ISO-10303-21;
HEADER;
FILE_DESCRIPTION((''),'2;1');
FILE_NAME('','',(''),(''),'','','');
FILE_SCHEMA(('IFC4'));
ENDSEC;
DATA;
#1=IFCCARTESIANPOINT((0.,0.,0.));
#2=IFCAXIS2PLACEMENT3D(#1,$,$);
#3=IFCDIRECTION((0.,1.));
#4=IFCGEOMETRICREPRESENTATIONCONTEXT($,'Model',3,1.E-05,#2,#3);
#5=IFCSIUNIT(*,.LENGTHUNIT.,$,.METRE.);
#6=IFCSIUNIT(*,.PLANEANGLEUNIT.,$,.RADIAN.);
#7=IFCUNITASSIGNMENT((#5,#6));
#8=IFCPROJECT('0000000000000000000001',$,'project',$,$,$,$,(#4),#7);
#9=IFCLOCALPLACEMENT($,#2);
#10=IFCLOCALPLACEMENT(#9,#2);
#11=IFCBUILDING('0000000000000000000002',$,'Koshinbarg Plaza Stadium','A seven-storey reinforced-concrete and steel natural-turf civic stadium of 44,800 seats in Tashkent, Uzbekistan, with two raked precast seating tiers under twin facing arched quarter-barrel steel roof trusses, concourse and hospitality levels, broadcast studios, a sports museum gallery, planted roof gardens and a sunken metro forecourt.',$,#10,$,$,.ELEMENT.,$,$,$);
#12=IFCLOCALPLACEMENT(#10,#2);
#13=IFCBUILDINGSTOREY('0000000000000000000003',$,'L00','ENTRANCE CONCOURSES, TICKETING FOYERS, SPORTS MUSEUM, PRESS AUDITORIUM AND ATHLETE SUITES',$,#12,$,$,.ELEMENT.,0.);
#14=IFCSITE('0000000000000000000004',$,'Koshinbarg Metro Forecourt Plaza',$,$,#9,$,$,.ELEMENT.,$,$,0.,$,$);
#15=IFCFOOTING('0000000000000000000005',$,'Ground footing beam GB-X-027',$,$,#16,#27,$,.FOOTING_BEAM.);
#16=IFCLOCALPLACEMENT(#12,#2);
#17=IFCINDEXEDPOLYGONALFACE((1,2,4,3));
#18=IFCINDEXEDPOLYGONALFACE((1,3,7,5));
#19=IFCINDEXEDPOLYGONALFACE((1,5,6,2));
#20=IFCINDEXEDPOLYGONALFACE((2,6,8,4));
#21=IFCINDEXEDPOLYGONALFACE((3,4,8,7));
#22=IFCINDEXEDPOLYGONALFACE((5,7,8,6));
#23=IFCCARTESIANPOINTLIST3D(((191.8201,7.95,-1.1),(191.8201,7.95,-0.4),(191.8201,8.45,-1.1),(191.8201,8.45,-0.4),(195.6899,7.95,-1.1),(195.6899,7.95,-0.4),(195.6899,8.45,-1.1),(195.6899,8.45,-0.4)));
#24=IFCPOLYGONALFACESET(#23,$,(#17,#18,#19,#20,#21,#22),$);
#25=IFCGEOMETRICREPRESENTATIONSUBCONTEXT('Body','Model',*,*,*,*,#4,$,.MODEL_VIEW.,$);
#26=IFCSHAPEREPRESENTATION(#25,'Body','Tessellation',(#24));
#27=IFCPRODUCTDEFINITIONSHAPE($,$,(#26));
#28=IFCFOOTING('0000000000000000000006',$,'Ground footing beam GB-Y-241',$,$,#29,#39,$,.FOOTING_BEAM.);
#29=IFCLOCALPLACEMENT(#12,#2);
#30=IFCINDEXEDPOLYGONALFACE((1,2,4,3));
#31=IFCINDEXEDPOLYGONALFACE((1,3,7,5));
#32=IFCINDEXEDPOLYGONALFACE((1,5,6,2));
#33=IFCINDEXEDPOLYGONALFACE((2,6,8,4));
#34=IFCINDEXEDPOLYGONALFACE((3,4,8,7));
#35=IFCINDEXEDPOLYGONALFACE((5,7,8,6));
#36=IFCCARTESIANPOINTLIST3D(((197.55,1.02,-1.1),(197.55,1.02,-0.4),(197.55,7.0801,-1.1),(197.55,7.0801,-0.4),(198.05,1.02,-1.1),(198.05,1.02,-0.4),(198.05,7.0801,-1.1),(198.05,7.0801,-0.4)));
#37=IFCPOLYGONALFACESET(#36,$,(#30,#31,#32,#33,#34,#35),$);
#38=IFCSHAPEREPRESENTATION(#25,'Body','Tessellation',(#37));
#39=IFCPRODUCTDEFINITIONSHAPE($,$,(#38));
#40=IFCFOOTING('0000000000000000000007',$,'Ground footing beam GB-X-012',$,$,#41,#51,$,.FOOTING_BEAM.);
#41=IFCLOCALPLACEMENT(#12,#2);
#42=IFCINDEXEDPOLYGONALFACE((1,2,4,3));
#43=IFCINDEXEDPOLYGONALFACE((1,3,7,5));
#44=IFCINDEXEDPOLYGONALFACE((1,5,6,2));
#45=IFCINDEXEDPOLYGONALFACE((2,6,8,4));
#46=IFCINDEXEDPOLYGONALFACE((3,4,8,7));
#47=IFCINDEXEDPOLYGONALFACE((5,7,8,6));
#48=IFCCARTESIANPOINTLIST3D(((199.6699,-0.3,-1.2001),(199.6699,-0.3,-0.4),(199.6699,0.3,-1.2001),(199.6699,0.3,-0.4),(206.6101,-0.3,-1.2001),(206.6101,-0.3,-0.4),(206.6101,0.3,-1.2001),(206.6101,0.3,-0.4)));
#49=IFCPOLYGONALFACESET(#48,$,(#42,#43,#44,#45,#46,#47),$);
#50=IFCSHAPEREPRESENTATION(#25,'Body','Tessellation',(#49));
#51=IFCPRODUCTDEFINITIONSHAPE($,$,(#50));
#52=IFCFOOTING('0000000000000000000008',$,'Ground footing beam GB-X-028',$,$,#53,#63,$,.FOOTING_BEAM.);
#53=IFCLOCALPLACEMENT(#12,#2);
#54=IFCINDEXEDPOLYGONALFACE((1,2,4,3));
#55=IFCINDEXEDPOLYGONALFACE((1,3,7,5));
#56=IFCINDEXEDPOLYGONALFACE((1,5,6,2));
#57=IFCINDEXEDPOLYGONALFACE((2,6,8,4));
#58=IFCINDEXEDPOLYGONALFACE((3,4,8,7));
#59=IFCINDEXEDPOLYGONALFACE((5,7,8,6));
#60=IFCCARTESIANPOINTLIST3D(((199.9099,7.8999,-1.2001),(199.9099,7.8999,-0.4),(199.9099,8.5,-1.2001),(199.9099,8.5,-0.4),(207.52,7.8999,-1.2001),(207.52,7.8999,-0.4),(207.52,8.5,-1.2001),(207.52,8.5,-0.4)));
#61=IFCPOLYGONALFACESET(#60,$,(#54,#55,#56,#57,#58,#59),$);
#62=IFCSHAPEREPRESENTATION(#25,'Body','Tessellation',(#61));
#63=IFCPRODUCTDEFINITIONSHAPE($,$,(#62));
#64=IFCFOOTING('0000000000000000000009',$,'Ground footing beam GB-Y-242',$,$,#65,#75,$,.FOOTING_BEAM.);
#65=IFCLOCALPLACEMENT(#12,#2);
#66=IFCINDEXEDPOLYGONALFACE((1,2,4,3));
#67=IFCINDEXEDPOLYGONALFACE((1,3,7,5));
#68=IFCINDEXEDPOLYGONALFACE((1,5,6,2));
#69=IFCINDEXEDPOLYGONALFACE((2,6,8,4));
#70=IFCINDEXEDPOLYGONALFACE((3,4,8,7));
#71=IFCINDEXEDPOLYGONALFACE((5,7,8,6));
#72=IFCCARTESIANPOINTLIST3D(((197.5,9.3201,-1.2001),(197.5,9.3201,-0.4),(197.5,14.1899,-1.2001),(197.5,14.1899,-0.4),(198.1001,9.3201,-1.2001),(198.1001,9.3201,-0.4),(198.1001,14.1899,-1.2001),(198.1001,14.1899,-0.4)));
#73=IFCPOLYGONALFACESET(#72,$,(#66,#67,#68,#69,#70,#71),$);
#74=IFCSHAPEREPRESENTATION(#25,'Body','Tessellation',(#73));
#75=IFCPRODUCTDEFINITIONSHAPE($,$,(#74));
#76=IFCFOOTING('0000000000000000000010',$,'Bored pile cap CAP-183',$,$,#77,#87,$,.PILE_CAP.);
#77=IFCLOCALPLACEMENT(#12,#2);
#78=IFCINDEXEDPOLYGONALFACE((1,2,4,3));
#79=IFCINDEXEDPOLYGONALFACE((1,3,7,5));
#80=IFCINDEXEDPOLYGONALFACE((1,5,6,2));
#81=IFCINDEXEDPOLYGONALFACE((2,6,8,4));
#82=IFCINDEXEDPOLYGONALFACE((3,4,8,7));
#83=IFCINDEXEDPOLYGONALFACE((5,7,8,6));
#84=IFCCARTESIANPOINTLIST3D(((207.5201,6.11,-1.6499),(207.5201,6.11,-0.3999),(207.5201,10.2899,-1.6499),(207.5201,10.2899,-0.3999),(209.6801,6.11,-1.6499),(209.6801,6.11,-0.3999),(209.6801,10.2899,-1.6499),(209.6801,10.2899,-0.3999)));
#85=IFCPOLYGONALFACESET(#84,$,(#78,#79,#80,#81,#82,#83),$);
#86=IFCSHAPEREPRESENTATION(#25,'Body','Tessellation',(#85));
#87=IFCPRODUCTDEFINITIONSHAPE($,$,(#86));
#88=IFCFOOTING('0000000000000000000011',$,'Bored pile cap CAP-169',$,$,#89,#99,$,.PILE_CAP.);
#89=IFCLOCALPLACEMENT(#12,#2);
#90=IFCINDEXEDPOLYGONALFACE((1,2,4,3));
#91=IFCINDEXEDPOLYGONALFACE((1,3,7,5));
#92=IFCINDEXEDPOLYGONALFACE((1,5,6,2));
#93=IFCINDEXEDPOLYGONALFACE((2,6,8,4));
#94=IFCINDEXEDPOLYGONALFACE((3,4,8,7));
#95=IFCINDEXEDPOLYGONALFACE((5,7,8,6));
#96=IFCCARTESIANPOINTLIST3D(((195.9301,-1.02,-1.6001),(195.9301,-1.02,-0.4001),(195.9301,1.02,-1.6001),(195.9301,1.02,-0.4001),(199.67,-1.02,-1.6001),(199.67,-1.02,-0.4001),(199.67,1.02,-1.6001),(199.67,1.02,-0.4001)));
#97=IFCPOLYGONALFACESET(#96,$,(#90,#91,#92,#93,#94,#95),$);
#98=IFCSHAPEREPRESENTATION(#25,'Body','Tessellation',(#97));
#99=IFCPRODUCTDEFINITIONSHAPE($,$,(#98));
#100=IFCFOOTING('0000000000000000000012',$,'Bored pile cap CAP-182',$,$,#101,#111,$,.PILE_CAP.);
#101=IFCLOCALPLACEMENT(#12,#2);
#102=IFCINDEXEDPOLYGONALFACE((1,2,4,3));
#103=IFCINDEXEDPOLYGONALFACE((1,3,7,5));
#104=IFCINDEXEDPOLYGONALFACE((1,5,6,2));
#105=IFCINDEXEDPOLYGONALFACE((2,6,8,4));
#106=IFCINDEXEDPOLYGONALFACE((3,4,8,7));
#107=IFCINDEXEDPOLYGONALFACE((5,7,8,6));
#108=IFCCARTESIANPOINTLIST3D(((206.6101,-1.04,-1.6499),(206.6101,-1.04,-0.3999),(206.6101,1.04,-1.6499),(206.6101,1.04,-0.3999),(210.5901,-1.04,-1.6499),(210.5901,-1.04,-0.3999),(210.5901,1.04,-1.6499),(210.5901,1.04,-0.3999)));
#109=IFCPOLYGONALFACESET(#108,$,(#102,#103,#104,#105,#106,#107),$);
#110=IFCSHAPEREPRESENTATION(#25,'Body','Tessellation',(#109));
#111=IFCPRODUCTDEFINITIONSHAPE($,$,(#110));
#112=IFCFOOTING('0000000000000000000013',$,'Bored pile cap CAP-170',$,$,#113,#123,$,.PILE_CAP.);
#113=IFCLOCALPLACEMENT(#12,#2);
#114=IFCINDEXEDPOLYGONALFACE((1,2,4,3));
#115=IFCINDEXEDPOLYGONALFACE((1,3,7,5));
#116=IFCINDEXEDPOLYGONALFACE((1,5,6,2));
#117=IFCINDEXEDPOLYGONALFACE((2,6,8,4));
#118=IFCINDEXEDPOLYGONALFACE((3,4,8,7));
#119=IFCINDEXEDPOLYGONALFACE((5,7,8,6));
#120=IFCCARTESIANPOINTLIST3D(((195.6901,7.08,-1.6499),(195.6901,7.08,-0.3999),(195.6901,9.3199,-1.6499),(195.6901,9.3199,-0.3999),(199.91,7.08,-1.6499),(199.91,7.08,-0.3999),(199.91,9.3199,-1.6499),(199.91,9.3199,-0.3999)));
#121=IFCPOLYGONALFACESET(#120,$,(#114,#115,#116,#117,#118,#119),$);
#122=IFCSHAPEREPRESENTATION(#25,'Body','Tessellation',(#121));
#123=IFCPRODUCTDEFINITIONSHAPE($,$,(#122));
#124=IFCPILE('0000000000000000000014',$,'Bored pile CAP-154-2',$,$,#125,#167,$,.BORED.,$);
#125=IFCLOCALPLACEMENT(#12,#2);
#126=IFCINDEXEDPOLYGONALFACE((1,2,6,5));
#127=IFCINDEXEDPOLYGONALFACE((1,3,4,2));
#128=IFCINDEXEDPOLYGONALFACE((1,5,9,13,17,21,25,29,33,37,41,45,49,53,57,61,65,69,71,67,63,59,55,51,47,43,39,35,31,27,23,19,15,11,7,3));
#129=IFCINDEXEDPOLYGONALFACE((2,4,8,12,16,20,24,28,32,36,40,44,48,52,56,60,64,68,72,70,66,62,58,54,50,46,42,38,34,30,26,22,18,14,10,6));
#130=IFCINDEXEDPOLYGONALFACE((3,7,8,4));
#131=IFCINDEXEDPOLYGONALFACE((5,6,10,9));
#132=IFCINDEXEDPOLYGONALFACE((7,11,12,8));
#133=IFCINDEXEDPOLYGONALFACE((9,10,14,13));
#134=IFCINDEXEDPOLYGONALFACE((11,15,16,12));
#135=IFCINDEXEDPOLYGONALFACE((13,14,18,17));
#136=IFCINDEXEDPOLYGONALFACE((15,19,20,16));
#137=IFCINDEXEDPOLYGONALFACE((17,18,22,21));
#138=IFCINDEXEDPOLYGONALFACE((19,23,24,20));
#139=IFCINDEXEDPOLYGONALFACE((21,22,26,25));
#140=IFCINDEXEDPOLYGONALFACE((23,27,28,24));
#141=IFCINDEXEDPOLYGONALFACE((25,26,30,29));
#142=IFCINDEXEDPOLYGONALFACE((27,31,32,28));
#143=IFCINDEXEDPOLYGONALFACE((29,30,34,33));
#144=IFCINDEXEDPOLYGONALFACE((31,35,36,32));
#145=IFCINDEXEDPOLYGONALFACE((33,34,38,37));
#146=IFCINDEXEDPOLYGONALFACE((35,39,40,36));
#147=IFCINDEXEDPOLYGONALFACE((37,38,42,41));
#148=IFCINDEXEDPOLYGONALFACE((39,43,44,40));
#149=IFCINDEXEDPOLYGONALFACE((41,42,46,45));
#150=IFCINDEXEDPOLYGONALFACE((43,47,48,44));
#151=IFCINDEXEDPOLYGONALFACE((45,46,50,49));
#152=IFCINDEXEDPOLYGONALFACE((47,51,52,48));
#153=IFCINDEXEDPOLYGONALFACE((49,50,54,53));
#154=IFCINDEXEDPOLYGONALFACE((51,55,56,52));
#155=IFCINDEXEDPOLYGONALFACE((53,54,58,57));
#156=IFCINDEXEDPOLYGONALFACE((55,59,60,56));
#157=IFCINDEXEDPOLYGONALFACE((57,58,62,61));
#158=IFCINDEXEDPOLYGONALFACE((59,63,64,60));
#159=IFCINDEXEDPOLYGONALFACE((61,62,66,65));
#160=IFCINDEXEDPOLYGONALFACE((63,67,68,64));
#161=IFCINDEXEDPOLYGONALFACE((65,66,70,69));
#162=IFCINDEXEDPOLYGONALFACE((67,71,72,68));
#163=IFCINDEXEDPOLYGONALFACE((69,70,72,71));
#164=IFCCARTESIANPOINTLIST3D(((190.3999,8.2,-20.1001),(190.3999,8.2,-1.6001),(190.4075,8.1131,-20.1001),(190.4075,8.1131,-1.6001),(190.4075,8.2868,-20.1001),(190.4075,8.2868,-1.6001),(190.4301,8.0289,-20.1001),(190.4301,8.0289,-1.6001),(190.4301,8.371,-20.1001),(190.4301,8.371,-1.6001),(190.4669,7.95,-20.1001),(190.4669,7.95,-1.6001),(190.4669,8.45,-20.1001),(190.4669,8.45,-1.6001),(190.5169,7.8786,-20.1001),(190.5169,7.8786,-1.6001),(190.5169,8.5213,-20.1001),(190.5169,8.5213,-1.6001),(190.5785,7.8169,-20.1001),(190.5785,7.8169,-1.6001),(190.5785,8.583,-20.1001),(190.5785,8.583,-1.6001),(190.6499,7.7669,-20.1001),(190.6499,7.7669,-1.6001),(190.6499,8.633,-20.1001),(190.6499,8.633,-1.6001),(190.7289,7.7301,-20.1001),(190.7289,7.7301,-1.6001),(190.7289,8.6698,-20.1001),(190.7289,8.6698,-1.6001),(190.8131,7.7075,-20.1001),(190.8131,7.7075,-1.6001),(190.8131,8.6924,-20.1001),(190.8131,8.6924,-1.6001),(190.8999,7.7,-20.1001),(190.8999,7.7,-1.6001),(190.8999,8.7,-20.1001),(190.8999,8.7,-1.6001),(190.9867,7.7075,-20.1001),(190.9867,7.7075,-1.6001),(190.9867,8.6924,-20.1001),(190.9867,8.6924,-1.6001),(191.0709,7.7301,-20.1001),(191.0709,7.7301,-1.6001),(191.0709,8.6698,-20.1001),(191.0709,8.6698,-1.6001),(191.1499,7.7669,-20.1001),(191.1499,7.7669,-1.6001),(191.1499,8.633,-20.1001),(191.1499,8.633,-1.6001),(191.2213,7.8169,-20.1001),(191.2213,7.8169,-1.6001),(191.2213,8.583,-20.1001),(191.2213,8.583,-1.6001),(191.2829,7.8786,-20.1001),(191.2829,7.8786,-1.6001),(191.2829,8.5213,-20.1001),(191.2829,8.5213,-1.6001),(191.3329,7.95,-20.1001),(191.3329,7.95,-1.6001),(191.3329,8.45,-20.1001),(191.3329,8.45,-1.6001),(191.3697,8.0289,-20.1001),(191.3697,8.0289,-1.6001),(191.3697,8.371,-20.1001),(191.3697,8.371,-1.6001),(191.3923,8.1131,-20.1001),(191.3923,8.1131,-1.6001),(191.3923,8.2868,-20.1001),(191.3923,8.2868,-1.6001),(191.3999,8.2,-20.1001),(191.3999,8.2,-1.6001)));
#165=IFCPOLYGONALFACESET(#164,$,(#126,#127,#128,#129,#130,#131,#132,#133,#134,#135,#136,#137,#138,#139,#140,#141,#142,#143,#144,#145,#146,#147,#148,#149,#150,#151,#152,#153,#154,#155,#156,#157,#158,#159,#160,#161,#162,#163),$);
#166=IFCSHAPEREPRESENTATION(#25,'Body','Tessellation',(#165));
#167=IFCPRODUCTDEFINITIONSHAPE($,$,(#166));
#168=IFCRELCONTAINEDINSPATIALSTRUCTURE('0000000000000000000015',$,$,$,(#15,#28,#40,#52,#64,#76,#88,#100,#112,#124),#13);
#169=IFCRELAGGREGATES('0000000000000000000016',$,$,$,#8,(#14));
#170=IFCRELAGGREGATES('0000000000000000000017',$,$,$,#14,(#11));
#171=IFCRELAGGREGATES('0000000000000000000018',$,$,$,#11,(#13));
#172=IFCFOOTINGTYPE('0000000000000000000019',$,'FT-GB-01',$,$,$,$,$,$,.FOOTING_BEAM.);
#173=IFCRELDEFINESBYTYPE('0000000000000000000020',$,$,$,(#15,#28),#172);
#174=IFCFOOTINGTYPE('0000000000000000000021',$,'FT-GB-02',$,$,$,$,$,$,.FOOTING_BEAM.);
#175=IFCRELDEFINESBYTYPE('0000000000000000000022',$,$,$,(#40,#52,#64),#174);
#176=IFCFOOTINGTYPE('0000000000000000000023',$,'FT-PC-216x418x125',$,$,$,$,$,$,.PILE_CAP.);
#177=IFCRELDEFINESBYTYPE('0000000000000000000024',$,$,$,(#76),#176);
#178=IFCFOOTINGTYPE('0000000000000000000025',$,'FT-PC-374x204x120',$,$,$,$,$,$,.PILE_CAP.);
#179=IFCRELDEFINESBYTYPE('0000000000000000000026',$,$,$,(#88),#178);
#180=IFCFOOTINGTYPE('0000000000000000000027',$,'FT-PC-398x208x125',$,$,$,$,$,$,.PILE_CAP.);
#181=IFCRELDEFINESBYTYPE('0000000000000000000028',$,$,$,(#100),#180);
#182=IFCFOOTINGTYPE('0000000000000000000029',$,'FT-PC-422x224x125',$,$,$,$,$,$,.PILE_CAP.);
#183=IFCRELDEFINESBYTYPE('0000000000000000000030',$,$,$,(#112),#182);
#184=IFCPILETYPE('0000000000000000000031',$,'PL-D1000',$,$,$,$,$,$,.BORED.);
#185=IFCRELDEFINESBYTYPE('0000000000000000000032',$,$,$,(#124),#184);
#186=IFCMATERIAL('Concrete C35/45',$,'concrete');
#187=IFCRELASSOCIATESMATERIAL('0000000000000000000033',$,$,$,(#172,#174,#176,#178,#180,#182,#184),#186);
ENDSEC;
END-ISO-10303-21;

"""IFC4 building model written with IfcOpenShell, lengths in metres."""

from ifc_helpers import new_model, si_unit, direction, frame, origin, origin_2d, place, context, subcontext, project, spatial, rectangle, circle, extrude, material, material_profile, profile_set, type_object, element, save


model = new_model("IFC4")

# Units and contexts
model_context = context("Model", 3, precision=1e-05, world=origin(), true_north=direction((0.0, 1.0)))
body_context = subcontext(model_context, "Body", "Model", "MODEL_VIEW")
ifc_project = project(units=[si_unit("LENGTHUNIT", "METRE"), si_unit("PLANEANGLEUNIT", "RADIAN")], contexts=[model_context])

# Site, building, storey
site_placement = place(None, origin())
site = spatial("IfcSite", under=ifc_project, at=site_placement, Name="Koshinbarg Metro Forecourt Plaza", CompositionType="ELEMENT", RefElevation=0.0)
building_placement = place(site_placement, origin())
building = spatial("IfcBuilding", under=site, at=building_placement, Name="Koshinbarg Plaza Stadium", Description="A seven-storey reinforced-concrete and steel natural-turf civic stadium of 44,800 seats in Tashkent, Uzbekistan, with two raked precast seating tiers under twin facing arched quarter-barrel steel roof trusses, concourse and hospitality levels, broadcast studios, a sports museum gallery, planted roof gardens and a sunken metro forecourt.", CompositionType="ELEMENT")
storey_placement = place(building_placement, origin())
storey = spatial("IfcBuildingStorey", under=building, at=storey_placement, Name="L00", Description="ENTRANCE CONCOURSES, TICKETING FOYERS, SPORTS MUSEUM, PRESS AUDITORIUM AND ATHLETE SUITES", CompositionType="ELEMENT", Elevation=0.0)

# Footings
ifc_material_1 = material(Name="Concrete C35/45", Category="concrete")
ifc_material_profile_1 = material_profile(ifc_material_1, rectangle(XDim=0.5, YDim=0.7, at=origin_2d()), Name="GB 500x700")
ifc_profile_set_1 = profile_set([ifc_material_profile_1], Name="Concrete C35/45")
footing_type_1 = type_object("IfcFootingType", Name="FT-GB-01", PredefinedType="FOOTING_BEAM", material=ifc_profile_set_1)
footing_1_placement = place(storey_placement, frame((191.8201, 8.2, -0.75), z_axis=(1.0, 0.0, 0.0), x_axis=(0.0, 1.0, 0.0)))
element("IfcFooting", 1, at=footing_1_placement, inside=storey, type_object=footing_type_1, Name="Ground footing beam GB-X-027", PredefinedType="FOOTING_BEAM", context=body_context, shape_type="SweptSolid", body=[
    extrude(rectangle(XDim=0.5, YDim=0.7, at=origin_2d()), origin(), (0.0, 0.0, 1.0), 3.8699),
])
footing_2_placement = place(storey_placement, frame((197.8, 1.02, -0.75), z_axis=(0.0, 1.0, 0.0), x_axis=(-1.0, 0.0, 0.0)))
element("IfcFooting", 2, at=footing_2_placement, inside=storey, type_object=footing_type_1, Name="Ground footing beam GB-Y-241", PredefinedType="FOOTING_BEAM", context=body_context, shape_type="SweptSolid", body=[
    extrude(rectangle(XDim=0.5, YDim=0.7, at=origin_2d()), origin(), (0.0, 0.0, 1.0), 6.0601),
])
ifc_material_profile_2 = material_profile(ifc_material_1, rectangle(XDim=0.6001, YDim=0.8, at=origin_2d()), Name="GB 600x800")
ifc_profile_set_2 = profile_set([ifc_material_profile_2], Name="Concrete C35/45")
footing_type_2 = type_object("IfcFootingType", Name="FT-GB-02", PredefinedType="FOOTING_BEAM", material=ifc_profile_set_2)
footing_3_placement = place(storey_placement, frame((199.6699, 0.0, -0.8), z_axis=(1.0, 0.0, 0.0), x_axis=(0.0, 1.0, 0.0)))
element("IfcFooting", 3, at=footing_3_placement, inside=storey, type_object=footing_type_2, Name="Ground footing beam GB-X-012", PredefinedType="FOOTING_BEAM", context=body_context, shape_type="SweptSolid", body=[
    extrude(rectangle(XDim=0.6001, YDim=0.8, at=origin_2d()), origin(), (0.0, 0.0, 1.0), 6.9402),
])
footing_4_placement = place(storey_placement, frame((199.9099, 8.2, -0.8), z_axis=(1.0, 0.0, 0.0), x_axis=(0.0, 1.0, 0.0)))
element("IfcFooting", 4, at=footing_4_placement, inside=storey, type_object=footing_type_2, Name="Ground footing beam GB-X-028", PredefinedType="FOOTING_BEAM", context=body_context, shape_type="SweptSolid", body=[
    extrude(rectangle(XDim=0.6001, YDim=0.8, at=origin_2d()), origin(), (0.0, 0.0, 1.0), 7.6101),
])
footing_5_placement = place(storey_placement, frame((197.8, 9.3201, -0.8), z_axis=(0.0, 1.0, 0.0), x_axis=(-1.0, 0.0, 0.0)))
element("IfcFooting", 5, at=footing_5_placement, inside=storey, type_object=footing_type_2, Name="Ground footing beam GB-Y-242", PredefinedType="FOOTING_BEAM", context=body_context, shape_type="SweptSolid", body=[
    extrude(rectangle(XDim=0.6001, YDim=0.8, at=origin_2d()), origin(), (0.0, 0.0, 1.0), 4.8699),
])
footing_type_3 = type_object("IfcFootingType", Name="FT-PC-216x418x125", PredefinedType="PILE_CAP", material=ifc_material_1)
footing_6_placement = place(storey_placement, frame((208.6001, 8.2, -1.6499), z_axis=(0.0, 0.0, 1.0), x_axis=(1.0, 0.0, 0.0)))
element("IfcFooting", 6, at=footing_6_placement, inside=storey, type_object=footing_type_3, Name="Bored pile cap CAP-183", PredefinedType="PILE_CAP", context=body_context, shape_type="SweptSolid", body=[
    extrude(rectangle(XDim=2.1599, YDim=4.1799, at=origin_2d()), origin(), (0.0, 0.0, 1.0), 1.25),
])
footing_type_4 = type_object("IfcFootingType", Name="FT-PC-374x204x120", PredefinedType="PILE_CAP", material=ifc_material_1)
footing_7_placement = place(storey_placement, frame((197.8, 0.0, -1.6001), z_axis=(0.0, 0.0, 1.0), x_axis=(1.0, 0.0, 0.0)))
element("IfcFooting", 7, at=footing_7_placement, inside=storey, type_object=footing_type_4, Name="Bored pile cap CAP-169", PredefinedType="PILE_CAP", context=body_context, shape_type="SweptSolid", body=[
    extrude(rectangle(XDim=3.74, YDim=2.04, at=origin_2d()), origin(), (0.0, 0.0, 1.0), 1.2),
])
footing_type_5 = type_object("IfcFootingType", Name="FT-PC-398x208x125", PredefinedType="PILE_CAP", material=ifc_material_1)
footing_8_placement = place(storey_placement, frame((208.6001, 0.0, -1.6499), z_axis=(0.0, 0.0, 1.0), x_axis=(1.0, 0.0, 0.0)))
element("IfcFooting", 8, at=footing_8_placement, inside=storey, type_object=footing_type_5, Name="Bored pile cap CAP-182", PredefinedType="PILE_CAP", context=body_context, shape_type="SweptSolid", body=[
    extrude(rectangle(XDim=3.98, YDim=2.0801, at=origin_2d()), origin(), (0.0, 0.0, 1.0), 1.25),
])
footing_type_6 = type_object("IfcFootingType", Name="FT-PC-422x224x125", PredefinedType="PILE_CAP", material=ifc_material_1)
footing_9_placement = place(storey_placement, frame((197.8, 8.2, -1.6499), z_axis=(0.0, 0.0, 1.0), x_axis=(1.0, 0.0, 0.0)))
element("IfcFooting", 9, at=footing_9_placement, inside=storey, type_object=footing_type_6, Name="Bored pile cap CAP-170", PredefinedType="PILE_CAP", context=body_context, shape_type="SweptSolid", body=[
    extrude(rectangle(XDim=4.22, YDim=2.24, at=origin_2d()), origin(), (0.0, 0.0, 1.0), 1.25),
])

# Pile
ifc_material_profile_3 = material_profile(ifc_material_1, circle(Radius=0.5, at=origin_2d()), Name="PILE D1000")
ifc_profile_set_3 = profile_set([ifc_material_profile_3], Name="Concrete C35/45")
pile_type_1 = type_object("IfcPileType", Name="PL-D1000", PredefinedType="BORED", material=ifc_profile_set_3)
pile_placement = place(storey_placement, frame((190.8999, 8.2, -1.6001), z_axis=(0.0, 0.0, -1.0), x_axis=(1.0, 0.0, 0.0)))
element("IfcPile", 10, at=pile_placement, inside=storey, type_object=pile_type_1, Name="Bored pile CAP-154-2", PredefinedType="BORED", context=body_context, shape_type="SweptSolid", body=[
    extrude(circle(Radius=0.5, at=origin_2d()), origin(), (0.0, 0.0, 1.0), 18.5),
])

save(model, "model.ifc")
